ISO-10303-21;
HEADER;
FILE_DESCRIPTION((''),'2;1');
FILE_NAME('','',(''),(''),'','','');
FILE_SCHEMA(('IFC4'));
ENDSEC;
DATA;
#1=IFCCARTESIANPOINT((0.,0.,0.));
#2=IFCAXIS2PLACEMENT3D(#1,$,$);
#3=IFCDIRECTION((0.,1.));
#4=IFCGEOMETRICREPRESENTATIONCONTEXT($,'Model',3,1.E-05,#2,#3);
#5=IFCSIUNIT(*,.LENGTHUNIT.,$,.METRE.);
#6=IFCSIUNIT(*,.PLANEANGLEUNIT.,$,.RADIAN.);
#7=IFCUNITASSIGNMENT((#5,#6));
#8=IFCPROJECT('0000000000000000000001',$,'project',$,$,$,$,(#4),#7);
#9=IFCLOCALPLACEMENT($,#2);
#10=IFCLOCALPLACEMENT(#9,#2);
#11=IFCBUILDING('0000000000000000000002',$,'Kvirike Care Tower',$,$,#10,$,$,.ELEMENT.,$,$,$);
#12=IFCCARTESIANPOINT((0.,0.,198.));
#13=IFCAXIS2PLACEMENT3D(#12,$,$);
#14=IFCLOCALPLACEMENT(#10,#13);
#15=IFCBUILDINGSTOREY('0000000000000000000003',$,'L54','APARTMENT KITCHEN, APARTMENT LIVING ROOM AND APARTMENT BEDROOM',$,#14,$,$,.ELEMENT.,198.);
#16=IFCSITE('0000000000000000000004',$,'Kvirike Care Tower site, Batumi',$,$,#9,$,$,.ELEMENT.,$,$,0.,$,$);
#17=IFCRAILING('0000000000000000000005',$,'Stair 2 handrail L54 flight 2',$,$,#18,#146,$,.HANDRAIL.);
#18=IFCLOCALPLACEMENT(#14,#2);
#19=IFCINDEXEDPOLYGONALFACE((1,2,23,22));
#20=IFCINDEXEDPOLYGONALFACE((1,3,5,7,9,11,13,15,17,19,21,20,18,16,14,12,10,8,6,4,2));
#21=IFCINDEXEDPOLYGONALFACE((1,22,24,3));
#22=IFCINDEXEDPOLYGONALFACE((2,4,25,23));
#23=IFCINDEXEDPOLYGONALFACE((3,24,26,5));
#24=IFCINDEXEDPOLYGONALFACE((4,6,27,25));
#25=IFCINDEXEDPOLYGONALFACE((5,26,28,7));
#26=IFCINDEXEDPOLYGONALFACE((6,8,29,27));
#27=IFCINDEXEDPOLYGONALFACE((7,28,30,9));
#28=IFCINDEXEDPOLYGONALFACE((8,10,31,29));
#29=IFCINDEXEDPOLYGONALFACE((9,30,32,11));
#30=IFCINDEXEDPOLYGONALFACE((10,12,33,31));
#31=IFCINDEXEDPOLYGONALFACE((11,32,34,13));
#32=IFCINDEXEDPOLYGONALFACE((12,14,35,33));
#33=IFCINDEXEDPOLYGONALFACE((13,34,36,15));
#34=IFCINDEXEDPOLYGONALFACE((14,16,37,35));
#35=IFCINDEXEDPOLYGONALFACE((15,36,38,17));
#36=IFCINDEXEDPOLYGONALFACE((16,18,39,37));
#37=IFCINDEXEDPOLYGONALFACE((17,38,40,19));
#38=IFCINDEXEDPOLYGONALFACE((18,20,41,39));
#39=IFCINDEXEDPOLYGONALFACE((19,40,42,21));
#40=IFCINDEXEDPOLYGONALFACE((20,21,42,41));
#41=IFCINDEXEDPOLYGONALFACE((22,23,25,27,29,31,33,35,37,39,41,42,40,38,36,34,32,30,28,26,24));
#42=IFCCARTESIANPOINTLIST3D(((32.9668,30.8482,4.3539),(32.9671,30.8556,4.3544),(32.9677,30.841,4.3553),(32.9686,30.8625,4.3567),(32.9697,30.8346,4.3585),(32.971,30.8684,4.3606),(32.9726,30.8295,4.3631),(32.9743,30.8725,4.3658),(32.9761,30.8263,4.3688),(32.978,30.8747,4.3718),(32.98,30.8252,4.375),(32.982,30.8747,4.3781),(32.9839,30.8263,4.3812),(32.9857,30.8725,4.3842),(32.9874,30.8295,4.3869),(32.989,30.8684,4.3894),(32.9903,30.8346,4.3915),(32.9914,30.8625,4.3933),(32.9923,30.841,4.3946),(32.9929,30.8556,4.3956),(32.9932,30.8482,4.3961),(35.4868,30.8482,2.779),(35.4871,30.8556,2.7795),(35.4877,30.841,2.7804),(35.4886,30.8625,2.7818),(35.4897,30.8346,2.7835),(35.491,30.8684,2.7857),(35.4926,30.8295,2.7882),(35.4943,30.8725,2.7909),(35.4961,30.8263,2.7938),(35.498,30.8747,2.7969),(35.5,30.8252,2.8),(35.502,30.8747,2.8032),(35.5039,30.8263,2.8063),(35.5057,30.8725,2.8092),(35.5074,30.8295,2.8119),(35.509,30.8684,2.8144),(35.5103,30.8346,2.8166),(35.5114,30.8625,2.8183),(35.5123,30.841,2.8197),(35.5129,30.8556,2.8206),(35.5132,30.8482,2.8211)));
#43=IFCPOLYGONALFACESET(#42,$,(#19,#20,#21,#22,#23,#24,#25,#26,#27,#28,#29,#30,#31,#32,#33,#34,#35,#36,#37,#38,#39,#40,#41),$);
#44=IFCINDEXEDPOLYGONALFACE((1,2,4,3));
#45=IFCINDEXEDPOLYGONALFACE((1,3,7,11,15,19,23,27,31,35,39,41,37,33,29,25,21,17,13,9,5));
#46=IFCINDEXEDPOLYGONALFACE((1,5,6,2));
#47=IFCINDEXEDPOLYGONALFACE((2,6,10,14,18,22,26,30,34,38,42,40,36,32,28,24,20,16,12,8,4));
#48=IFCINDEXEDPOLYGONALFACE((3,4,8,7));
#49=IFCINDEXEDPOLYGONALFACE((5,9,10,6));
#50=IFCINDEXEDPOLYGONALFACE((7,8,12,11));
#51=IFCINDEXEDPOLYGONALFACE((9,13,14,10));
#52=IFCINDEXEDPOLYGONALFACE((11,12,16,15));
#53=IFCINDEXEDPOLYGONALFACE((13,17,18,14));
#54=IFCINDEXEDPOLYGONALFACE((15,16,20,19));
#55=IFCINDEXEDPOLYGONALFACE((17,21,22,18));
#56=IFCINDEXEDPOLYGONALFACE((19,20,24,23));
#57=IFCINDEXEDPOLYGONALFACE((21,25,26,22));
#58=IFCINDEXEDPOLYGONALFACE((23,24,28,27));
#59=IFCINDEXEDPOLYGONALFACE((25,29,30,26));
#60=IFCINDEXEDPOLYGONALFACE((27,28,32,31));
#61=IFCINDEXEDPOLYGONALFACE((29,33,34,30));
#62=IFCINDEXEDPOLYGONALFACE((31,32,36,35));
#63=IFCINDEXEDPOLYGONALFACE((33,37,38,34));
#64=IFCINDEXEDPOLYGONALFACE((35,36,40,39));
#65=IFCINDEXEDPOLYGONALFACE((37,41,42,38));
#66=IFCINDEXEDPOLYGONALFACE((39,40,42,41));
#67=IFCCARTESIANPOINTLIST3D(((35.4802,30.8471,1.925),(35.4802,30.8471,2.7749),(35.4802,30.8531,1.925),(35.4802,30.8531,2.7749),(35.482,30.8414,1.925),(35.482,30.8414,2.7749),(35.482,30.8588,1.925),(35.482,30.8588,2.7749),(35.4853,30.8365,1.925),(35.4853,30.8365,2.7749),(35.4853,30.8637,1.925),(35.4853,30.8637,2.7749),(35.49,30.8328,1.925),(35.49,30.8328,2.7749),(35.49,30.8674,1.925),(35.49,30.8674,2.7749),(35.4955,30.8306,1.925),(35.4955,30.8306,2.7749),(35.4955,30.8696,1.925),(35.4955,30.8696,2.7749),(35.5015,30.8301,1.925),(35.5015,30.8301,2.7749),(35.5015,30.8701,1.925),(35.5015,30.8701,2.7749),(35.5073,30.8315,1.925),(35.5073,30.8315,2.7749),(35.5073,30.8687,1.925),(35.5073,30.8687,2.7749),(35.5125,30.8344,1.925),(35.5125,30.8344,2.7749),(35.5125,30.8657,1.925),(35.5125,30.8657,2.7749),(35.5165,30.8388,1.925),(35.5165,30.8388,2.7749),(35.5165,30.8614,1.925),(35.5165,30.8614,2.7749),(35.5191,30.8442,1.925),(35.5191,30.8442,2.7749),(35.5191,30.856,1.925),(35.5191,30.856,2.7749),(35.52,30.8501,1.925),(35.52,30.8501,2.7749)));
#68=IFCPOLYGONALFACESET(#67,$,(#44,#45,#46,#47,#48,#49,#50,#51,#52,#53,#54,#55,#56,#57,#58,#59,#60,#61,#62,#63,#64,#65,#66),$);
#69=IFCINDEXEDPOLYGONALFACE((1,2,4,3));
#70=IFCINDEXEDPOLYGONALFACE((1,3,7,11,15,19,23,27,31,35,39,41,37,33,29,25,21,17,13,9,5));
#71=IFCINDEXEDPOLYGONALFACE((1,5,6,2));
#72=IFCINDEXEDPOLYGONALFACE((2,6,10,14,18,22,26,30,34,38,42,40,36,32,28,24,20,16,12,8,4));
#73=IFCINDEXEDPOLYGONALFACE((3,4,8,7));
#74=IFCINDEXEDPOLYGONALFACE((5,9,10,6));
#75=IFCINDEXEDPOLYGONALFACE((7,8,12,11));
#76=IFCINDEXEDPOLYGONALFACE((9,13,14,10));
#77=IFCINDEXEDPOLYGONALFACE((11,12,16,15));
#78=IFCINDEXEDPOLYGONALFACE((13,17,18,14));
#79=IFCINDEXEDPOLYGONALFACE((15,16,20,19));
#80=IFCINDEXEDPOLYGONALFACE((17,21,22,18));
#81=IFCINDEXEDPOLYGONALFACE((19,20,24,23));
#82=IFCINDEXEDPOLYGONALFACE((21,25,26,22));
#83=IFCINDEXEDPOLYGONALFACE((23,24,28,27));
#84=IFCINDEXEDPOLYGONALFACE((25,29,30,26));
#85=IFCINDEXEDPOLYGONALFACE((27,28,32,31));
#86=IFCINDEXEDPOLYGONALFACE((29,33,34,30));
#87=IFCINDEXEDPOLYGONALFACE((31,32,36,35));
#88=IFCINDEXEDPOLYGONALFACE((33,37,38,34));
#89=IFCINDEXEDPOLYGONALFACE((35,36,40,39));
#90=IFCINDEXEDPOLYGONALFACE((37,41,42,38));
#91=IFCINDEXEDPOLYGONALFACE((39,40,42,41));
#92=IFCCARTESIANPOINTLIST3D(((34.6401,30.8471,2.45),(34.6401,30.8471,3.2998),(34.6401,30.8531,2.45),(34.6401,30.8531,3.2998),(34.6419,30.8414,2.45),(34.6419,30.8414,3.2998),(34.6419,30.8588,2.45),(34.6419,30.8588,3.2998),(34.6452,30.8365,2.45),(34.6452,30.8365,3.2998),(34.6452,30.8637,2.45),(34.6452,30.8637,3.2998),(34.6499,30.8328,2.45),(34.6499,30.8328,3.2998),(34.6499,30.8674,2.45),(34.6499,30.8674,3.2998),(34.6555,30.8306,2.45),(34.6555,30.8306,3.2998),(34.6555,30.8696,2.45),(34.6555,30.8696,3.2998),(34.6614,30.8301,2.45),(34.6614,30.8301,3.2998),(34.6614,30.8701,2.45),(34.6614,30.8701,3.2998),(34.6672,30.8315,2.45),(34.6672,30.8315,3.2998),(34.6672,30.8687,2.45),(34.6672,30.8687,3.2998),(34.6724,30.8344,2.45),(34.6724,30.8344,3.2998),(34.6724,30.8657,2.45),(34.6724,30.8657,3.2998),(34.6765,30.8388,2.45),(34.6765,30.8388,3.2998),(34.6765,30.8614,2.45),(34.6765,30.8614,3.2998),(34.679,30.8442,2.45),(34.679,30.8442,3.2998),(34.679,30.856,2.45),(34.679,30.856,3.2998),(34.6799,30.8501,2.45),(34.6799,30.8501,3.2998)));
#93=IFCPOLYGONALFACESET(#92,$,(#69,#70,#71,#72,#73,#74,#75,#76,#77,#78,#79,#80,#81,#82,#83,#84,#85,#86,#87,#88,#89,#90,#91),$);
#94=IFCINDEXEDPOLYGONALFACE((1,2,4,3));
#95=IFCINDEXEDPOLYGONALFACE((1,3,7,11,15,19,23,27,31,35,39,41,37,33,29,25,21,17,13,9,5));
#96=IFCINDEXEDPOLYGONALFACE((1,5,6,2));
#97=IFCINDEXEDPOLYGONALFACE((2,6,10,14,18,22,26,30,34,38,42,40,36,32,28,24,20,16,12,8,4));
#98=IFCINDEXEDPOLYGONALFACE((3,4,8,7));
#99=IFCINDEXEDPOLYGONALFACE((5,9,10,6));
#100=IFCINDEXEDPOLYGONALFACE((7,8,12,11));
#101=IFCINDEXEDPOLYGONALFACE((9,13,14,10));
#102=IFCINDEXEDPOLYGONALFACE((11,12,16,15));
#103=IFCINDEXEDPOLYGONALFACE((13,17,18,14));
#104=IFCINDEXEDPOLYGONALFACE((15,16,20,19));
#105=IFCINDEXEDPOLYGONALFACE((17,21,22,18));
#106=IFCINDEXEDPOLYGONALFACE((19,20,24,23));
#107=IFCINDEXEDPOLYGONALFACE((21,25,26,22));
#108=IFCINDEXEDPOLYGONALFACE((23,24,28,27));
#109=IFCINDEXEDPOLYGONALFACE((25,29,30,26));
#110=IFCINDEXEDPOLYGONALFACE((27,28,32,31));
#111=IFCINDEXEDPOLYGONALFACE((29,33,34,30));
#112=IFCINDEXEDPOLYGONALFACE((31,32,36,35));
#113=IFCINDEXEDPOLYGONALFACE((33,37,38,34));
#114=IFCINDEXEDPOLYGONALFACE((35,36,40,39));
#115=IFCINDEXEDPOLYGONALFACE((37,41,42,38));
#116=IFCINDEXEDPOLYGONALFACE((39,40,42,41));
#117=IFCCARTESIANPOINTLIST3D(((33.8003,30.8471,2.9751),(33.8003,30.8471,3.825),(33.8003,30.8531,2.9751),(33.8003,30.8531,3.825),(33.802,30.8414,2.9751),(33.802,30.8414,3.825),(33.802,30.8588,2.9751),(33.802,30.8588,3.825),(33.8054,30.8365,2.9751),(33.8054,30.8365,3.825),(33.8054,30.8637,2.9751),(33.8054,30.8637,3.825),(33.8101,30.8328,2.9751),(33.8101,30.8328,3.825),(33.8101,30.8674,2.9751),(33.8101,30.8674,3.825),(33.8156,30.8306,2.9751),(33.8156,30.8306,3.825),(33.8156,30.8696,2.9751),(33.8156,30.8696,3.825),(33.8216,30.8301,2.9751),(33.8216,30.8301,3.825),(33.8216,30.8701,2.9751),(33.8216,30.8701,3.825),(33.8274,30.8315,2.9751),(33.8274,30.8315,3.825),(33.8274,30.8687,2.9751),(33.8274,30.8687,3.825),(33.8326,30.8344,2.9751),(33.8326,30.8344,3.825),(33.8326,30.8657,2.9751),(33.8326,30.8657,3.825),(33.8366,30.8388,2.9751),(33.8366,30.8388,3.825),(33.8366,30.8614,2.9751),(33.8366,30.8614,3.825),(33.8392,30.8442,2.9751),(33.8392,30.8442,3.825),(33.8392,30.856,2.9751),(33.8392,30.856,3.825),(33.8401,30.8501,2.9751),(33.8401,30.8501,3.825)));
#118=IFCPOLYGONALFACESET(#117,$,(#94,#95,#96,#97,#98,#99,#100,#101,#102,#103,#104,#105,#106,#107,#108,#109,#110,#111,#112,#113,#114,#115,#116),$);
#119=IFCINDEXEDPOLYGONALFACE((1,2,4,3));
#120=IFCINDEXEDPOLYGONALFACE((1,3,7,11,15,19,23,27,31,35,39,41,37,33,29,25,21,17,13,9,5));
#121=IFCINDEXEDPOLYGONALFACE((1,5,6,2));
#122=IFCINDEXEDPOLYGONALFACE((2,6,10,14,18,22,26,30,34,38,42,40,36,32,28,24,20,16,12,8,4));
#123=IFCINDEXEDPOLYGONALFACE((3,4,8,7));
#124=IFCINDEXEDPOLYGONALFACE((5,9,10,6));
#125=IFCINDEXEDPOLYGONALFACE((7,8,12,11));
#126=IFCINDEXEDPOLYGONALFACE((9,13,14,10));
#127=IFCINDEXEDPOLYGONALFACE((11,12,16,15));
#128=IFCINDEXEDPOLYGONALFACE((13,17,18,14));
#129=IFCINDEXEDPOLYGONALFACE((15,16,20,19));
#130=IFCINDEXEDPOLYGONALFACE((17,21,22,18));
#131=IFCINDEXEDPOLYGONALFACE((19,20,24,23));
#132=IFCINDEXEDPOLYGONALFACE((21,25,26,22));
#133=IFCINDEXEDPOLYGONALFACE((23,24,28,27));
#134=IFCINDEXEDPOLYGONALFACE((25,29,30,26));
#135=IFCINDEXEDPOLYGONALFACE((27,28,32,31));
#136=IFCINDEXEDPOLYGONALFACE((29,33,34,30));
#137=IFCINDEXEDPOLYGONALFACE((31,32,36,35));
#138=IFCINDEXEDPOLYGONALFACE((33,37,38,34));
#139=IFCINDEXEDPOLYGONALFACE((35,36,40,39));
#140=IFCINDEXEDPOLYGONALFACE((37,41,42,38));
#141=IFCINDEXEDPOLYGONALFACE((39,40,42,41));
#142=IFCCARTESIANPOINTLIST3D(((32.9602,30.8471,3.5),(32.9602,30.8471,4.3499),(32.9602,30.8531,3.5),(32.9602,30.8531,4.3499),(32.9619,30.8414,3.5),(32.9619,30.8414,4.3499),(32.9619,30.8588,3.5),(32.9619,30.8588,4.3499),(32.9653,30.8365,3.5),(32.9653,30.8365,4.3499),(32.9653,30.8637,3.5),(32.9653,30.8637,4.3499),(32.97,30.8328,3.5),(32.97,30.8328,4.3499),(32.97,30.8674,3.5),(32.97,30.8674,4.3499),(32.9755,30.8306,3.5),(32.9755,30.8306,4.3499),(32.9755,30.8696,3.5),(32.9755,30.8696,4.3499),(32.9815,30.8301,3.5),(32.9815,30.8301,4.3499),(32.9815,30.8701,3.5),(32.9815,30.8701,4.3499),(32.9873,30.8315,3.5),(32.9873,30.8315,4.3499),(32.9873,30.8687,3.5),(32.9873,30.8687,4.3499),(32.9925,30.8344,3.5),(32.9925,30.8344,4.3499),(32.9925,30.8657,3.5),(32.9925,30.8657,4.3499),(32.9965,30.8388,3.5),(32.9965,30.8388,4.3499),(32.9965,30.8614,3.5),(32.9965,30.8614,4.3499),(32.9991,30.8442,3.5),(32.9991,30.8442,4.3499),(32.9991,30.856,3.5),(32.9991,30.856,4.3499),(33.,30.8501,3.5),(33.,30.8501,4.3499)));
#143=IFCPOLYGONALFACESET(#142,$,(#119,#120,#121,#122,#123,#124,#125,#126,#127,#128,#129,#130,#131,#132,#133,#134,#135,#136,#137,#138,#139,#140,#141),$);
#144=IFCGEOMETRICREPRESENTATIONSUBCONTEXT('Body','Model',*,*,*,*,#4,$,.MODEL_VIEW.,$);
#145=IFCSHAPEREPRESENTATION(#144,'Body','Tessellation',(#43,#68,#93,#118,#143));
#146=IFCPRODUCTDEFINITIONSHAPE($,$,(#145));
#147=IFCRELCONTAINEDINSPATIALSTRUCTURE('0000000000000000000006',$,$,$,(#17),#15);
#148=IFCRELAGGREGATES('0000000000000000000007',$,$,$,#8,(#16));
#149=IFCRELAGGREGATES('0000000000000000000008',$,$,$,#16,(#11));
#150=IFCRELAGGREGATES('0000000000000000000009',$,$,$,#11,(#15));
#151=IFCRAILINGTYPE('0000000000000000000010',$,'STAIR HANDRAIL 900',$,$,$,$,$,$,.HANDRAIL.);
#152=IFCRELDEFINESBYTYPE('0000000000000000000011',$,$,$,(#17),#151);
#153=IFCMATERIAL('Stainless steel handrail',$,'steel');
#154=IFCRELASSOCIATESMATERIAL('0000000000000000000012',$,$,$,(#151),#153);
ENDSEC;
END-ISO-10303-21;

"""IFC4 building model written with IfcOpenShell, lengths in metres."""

from ifc_helpers import new_model, si_unit, direction, frame, origin, origin_2d, place, context, subcontext, project, spatial, circle, extrude, material, type_object, element, save


model = new_model("IFC4")

# Units and contexts
model_context = context("Model", 3, precision=1e-05, world=origin(), true_north=direction((0.0, 1.0)))
body_context = subcontext(model_context, "Body", "Model", "MODEL_VIEW")
ifc_project = project(units=[si_unit("LENGTHUNIT", "METRE"), si_unit("PLANEANGLEUNIT", "RADIAN")], contexts=[model_context])

# Site, building, storey
site_placement = place(None, origin())
site = spatial("IfcSite", under=ifc_project, at=site_placement, Name="Kvirike Care Tower site, Batumi", CompositionType="ELEMENT", RefElevation=0.0)
building_placement = place(site_placement, origin())
building = spatial("IfcBuilding", under=site, at=building_placement, Name="Kvirike Care Tower", CompositionType="ELEMENT")
storey_placement = place(building_placement, frame((0.0, 0.0, 198.0)))
storey = spatial("IfcBuildingStorey", under=building, at=storey_placement, Name="L54", Description="APARTMENT KITCHEN, APARTMENT LIVING ROOM AND APARTMENT BEDROOM", CompositionType="ELEMENT", Elevation=198.0)

# Railing
ifc_material_1 = material(Name="Stainless steel handrail", Category="steel")
railing_type = type_object("IfcRailingType", Name="STAIR HANDRAIL 900", PredefinedType="HANDRAIL", material=ifc_material_1)
railing_1_placement = place(storey_placement, frame((35.5, 30.8501, 1.925)))
element("IfcRailing", 1, at=railing_1_placement, inside=storey, type_object=railing_type, Name="Stair 2 handrail L54 flight 2", PredefinedType="HANDRAIL", context=body_context, shape_type="SweptSolid", body=[
    extrude(circle(Radius=0.0249, at=origin_2d()), frame((0.0, 0.0, 0.875), z_axis=(-0.848008, 0.0, 0.529984), x_axis=(0.0, -1.0, 0.0)), (0.0, 0.0, 1.0), 2.9717),
    extrude(circle(Radius=0.02, at=origin_2d()), origin(), (0.0, 0.0, 1.0), 0.8499),
    extrude(circle(Radius=0.02, at=origin_2d()), frame((-0.8401, 0.0, 0.5249)), (0.0, 0.0, 1.0), 0.8499),
    extrude(circle(Radius=0.02, at=origin_2d()), frame((-1.6799, 0.0, 1.05)), (0.0, 0.0, 1.0), 0.8499),
    extrude(circle(Radius=0.02, at=origin_2d()), frame((-2.52, 0.0, 1.575)), (0.0, 0.0, 1.0), 0.8499),
])

save(model, "model.ifc")
